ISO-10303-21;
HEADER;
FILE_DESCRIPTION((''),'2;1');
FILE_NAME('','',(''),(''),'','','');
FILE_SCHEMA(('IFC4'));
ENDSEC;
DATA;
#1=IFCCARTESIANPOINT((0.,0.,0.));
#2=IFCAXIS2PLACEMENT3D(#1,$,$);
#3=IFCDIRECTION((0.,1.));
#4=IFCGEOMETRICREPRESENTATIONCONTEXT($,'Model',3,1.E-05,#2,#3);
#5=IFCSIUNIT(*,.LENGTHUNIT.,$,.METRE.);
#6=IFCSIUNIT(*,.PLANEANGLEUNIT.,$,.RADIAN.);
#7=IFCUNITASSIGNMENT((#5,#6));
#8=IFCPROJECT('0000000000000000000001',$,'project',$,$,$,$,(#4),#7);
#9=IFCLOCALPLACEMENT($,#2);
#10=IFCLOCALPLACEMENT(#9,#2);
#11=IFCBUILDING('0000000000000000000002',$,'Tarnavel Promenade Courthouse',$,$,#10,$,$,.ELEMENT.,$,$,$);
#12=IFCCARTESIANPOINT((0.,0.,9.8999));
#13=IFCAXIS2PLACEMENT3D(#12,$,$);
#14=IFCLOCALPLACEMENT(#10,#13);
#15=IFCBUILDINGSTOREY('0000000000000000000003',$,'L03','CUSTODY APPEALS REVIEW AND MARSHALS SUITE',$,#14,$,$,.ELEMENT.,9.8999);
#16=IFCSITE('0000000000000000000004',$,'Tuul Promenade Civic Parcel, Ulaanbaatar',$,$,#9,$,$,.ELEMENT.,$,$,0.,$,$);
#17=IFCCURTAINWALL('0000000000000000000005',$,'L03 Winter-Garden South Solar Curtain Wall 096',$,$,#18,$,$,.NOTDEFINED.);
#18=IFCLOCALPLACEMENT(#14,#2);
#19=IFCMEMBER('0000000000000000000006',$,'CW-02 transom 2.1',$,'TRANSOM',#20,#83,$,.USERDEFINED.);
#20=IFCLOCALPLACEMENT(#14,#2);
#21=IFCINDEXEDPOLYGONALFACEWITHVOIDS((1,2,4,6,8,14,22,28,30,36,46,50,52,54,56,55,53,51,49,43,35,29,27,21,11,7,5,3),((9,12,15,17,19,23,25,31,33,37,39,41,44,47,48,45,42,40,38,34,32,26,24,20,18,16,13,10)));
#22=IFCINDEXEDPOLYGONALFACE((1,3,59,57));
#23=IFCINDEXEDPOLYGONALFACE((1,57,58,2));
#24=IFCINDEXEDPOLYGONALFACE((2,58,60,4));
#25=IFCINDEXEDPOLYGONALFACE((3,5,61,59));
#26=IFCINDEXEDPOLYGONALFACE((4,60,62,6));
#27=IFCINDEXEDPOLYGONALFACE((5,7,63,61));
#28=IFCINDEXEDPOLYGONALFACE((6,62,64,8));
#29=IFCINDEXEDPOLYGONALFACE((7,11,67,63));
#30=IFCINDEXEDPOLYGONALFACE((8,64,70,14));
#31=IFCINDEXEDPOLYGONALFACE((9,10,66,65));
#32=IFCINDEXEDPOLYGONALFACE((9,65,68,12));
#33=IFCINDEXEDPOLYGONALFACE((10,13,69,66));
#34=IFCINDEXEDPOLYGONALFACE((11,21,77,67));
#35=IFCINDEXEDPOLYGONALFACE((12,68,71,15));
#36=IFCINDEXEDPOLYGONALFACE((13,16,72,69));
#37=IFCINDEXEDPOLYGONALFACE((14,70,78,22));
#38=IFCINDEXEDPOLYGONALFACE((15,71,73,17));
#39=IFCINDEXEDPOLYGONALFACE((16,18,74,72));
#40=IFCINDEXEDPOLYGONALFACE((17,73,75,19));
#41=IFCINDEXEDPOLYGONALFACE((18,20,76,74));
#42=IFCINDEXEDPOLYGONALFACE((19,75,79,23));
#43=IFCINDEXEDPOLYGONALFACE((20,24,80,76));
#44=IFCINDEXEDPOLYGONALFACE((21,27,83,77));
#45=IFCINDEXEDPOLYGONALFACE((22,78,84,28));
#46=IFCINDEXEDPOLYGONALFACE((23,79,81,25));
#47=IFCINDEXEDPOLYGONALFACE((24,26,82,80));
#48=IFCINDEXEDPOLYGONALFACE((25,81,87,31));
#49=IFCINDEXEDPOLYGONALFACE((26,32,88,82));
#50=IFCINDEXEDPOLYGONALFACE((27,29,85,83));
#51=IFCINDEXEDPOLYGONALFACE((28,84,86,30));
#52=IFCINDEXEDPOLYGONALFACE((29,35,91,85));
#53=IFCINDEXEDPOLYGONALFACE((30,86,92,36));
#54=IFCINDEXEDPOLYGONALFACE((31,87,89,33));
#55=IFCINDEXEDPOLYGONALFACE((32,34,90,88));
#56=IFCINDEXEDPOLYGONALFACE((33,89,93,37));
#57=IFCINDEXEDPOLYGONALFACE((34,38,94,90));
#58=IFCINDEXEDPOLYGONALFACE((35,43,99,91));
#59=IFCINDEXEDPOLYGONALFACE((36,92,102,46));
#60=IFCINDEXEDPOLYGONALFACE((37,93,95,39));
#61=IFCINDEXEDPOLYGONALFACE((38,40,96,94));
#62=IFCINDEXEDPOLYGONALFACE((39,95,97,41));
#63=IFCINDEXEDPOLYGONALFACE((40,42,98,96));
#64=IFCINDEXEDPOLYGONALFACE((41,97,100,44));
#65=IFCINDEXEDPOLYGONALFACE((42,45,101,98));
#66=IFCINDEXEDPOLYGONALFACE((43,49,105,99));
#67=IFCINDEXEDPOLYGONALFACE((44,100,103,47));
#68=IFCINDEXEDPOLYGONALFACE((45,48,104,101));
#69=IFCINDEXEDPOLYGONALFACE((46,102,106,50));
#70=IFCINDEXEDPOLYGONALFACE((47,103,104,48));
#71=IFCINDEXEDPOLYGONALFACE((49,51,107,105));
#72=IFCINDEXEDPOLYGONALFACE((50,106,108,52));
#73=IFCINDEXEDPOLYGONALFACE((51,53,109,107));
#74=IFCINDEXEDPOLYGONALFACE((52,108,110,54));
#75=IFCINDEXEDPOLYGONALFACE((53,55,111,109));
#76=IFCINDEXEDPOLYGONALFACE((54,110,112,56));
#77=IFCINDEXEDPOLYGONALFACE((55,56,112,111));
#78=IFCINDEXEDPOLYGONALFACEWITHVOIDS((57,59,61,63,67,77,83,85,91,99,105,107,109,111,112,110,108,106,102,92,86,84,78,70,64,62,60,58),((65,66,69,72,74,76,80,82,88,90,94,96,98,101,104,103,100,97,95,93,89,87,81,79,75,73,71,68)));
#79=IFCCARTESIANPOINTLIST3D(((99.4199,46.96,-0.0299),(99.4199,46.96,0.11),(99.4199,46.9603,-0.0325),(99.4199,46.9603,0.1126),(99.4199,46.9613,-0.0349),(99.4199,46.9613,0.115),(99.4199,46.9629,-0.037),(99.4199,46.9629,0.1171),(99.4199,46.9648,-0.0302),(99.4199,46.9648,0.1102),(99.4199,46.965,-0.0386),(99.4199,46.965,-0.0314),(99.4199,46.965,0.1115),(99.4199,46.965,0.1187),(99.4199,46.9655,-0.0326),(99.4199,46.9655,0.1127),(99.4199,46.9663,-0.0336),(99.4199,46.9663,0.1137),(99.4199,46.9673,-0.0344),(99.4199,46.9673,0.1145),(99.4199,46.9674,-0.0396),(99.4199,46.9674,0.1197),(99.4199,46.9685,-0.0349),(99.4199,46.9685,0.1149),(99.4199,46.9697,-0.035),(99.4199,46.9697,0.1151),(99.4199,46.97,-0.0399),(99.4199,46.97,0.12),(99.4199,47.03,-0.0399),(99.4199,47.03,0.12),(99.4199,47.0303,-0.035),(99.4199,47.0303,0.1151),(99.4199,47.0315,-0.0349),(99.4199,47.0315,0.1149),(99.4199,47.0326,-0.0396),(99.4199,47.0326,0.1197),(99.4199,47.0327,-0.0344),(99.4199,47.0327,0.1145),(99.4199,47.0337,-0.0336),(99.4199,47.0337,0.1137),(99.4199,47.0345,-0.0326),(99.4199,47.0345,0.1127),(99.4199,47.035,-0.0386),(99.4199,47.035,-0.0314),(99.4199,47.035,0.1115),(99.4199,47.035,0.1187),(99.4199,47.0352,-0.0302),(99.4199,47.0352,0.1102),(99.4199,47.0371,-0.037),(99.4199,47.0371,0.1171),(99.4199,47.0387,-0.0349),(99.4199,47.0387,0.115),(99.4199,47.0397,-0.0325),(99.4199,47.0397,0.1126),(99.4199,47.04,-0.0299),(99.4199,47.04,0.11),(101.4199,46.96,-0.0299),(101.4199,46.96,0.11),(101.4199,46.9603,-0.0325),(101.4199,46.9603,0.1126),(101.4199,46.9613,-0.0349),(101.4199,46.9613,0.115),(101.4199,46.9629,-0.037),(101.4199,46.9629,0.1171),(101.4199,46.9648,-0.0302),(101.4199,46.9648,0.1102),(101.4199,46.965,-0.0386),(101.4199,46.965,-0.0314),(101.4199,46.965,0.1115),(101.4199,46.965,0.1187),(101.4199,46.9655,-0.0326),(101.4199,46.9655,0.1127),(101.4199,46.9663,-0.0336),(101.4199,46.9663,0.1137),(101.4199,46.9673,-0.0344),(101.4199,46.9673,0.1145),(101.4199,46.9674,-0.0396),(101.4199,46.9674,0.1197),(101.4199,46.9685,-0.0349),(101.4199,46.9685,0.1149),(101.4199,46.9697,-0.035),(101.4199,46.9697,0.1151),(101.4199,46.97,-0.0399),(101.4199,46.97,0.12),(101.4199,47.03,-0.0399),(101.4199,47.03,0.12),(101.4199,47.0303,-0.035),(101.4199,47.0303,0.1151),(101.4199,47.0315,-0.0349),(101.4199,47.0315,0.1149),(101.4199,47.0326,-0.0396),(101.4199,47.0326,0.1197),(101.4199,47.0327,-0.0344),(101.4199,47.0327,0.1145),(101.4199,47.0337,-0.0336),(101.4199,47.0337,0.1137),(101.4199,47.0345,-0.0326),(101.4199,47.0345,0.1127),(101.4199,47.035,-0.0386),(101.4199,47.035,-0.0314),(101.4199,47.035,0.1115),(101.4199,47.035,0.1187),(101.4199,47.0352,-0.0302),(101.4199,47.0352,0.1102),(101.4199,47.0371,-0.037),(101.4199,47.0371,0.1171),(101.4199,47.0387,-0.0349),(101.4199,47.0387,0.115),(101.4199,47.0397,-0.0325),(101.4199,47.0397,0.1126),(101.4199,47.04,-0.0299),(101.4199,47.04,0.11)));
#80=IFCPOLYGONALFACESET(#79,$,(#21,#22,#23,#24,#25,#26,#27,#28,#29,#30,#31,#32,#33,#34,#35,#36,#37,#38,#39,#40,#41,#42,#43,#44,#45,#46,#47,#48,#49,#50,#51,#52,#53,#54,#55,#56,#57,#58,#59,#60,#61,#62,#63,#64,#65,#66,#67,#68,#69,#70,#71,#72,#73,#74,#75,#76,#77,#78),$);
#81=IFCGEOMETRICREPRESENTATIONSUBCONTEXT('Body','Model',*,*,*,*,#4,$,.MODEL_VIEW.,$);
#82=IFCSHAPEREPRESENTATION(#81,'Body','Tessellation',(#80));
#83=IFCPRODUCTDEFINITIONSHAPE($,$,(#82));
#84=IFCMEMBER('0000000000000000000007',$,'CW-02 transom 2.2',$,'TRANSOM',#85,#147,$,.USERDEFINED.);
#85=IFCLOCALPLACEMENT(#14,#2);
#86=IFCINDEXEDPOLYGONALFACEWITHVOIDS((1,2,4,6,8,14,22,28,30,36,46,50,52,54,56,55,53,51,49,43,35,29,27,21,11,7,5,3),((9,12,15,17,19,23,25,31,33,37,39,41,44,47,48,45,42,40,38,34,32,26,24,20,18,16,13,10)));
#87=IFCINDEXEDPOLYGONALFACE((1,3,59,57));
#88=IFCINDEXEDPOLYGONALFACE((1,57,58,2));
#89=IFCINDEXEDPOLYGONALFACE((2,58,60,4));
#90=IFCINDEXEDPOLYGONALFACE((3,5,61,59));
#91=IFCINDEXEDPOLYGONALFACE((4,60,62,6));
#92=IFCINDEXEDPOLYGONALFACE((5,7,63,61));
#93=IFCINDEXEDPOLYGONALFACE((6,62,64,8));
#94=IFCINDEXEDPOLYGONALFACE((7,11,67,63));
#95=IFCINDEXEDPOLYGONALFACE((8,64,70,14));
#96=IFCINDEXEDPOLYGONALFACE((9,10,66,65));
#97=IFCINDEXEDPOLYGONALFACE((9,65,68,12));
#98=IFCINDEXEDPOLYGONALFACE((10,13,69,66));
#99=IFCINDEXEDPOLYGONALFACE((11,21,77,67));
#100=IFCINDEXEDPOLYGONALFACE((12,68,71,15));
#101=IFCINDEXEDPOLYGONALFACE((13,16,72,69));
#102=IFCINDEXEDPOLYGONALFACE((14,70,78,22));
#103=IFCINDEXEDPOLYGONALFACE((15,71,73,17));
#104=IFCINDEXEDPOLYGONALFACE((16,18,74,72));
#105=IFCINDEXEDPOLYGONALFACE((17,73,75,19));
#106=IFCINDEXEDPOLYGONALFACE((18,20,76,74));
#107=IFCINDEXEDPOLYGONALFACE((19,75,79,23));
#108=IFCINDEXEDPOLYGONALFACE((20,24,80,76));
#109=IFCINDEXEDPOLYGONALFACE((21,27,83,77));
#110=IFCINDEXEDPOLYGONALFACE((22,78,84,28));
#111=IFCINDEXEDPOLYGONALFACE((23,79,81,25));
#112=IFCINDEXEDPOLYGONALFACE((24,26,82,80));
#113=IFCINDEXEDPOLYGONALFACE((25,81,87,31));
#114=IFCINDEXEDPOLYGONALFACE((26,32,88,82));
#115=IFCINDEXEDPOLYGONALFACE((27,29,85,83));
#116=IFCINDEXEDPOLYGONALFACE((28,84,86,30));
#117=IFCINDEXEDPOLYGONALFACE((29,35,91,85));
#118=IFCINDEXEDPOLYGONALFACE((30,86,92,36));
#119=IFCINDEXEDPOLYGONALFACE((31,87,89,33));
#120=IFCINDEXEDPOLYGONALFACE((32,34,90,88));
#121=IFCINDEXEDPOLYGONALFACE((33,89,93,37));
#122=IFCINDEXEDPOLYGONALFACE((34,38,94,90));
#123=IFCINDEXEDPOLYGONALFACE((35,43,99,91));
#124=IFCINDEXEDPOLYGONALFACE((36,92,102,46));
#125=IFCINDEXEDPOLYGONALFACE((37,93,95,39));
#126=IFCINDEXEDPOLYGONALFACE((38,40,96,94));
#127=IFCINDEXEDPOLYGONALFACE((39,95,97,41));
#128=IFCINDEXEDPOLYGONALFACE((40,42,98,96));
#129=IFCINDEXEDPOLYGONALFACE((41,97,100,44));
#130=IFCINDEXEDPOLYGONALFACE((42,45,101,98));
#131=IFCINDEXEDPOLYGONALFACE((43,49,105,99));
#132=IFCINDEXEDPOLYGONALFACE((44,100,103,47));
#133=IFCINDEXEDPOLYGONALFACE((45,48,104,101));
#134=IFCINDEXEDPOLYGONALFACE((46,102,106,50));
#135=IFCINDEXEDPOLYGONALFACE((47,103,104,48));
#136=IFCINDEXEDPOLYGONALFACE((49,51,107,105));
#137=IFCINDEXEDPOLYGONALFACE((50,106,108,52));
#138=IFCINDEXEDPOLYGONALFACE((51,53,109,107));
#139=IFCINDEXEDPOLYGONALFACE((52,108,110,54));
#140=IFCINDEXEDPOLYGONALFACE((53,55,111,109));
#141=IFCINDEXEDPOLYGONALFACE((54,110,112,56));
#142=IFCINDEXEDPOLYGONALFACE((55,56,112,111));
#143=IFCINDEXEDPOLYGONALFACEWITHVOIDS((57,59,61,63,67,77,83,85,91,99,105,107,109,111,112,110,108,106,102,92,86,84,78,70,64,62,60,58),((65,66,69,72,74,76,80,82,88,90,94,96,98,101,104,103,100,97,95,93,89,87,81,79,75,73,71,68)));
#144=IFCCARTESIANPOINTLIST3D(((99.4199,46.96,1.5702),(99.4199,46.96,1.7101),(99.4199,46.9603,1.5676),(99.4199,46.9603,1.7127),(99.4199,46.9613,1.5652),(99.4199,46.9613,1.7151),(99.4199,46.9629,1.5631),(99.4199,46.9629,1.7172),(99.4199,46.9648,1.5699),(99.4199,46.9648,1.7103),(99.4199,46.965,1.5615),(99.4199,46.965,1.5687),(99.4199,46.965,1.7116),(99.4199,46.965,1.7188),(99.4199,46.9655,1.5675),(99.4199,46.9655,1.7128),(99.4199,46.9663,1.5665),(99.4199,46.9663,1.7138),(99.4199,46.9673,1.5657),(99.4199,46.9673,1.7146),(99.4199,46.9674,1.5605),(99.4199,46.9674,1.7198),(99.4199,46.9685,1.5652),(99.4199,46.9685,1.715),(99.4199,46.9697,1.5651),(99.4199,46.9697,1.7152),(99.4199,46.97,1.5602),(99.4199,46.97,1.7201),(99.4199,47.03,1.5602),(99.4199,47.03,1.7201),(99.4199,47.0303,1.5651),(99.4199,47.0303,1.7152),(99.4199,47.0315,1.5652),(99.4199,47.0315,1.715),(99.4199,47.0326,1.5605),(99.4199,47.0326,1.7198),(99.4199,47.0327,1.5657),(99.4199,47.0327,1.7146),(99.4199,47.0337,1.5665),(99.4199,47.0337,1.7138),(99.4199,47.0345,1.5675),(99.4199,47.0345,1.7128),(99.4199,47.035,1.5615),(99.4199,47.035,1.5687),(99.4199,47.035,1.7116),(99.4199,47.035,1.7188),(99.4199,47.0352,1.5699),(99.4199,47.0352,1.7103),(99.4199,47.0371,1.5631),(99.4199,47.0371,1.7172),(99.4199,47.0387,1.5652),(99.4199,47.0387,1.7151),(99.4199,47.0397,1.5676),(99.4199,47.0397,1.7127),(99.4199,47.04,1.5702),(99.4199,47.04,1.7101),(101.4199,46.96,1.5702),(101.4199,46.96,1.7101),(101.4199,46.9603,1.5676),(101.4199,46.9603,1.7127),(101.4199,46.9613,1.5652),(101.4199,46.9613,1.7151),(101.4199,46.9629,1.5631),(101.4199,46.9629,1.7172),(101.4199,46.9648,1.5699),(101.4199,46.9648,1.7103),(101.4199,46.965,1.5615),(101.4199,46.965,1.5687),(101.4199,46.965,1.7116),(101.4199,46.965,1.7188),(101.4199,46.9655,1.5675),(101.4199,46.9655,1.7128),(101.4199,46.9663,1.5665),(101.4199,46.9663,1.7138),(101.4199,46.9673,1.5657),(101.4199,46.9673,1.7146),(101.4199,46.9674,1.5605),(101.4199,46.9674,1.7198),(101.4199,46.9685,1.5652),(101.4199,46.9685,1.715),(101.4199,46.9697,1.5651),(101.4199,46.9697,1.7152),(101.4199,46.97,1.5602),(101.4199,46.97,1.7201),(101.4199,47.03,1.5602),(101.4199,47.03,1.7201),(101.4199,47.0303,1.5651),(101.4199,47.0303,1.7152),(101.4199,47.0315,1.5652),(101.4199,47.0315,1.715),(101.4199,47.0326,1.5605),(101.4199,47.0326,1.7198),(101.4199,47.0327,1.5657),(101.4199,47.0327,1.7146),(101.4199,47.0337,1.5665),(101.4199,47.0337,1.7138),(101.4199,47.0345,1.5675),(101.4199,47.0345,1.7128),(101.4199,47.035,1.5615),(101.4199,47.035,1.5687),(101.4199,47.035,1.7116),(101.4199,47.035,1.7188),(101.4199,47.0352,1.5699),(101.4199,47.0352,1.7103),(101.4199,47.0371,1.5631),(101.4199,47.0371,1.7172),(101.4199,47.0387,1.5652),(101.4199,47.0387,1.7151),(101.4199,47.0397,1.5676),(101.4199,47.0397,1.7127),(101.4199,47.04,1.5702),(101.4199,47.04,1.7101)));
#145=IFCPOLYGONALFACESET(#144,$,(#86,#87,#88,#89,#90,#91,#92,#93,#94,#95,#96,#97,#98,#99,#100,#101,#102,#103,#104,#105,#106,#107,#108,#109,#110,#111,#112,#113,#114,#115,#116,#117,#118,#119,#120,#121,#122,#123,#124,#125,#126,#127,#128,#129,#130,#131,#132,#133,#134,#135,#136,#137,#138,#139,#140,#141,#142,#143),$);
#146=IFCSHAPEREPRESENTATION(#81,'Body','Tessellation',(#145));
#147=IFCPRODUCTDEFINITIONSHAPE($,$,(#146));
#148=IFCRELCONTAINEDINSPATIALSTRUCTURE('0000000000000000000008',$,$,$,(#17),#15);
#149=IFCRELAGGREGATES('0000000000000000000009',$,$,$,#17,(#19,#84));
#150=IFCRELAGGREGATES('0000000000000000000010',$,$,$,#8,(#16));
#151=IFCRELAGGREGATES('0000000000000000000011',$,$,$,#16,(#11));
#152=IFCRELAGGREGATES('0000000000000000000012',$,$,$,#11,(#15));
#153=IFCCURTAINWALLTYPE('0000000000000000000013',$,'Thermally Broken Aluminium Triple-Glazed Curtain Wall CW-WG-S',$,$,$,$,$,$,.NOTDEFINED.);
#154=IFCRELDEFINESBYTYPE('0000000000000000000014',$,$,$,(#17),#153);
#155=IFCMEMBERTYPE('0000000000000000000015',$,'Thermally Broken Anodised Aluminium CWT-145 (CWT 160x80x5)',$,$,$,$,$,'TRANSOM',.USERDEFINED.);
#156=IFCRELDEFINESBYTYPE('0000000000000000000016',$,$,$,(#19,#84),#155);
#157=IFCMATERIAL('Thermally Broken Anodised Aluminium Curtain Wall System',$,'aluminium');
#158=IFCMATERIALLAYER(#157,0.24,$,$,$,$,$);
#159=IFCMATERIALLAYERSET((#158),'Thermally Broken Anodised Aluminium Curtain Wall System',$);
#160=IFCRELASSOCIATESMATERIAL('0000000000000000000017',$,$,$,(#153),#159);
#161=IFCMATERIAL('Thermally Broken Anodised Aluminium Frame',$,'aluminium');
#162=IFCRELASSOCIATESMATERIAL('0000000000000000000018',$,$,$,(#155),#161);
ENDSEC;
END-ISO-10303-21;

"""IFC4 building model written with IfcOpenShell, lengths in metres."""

from ifc_helpers import new_model, si_unit, direction, frame, origin, origin_2d, place, context, subcontext, project, spatial, hollow_rectangle, extrude, material, layer, layer_set, material_profile, profile_set, type_object, element, aggregate, save


model = new_model("IFC4")

# Units and contexts
model_context = context("Model", 3, precision=1e-05, world=origin(), true_north=direction((0.0, 1.0)))
body_context = subcontext(model_context, "Body", "Model", "MODEL_VIEW")
ifc_project = project(units=[si_unit("LENGTHUNIT", "METRE"), si_unit("PLANEANGLEUNIT", "RADIAN")], contexts=[model_context])

# Site, building, storey
site_placement = place(None, origin())
site = spatial("IfcSite", under=ifc_project, at=site_placement, Name="Tuul Promenade Civic Parcel, Ulaanbaatar", CompositionType="ELEMENT", RefElevation=0.0)
building_placement = place(site_placement, origin())
building = spatial("IfcBuilding", under=site, at=building_placement, Name="Tarnavel Promenade Courthouse", CompositionType="ELEMENT")
storey_placement = place(building_placement, frame((0.0, 0.0, 9.8999)))
storey = spatial("IfcBuildingStorey", under=building, at=storey_placement, Name="L03", Description="CUSTODY APPEALS REVIEW AND MARSHALS SUITE", CompositionType="ELEMENT", Elevation=9.8999)

# Curtain wall
ifc_material_1 = material(Name="Thermally Broken Anodised Aluminium Curtain Wall System", Category="aluminium")
ifc_layer_1 = layer(ifc_material_1, 0.24)
ifc_layer_set_1 = layer_set([ifc_layer_1], Name="Thermally Broken Anodised Aluminium Curtain Wall System")
curtain_wall_type = type_object("IfcCurtainWallType", Name="Thermally Broken Aluminium Triple-Glazed Curtain Wall CW-WG-S", PredefinedType="NOTDEFINED", material=ifc_layer_set_1)
curtain_wall_1_placement = place(storey_placement, origin())
curtain_wall_1 = element("IfcCurtainWall", 1, at=curtain_wall_1_placement, inside=storey, type_object=curtain_wall_type, Name="L03 Winter-Garden South Solar Curtain Wall 096", PredefinedType="NOTDEFINED")
ifc_material_2 = material(Name="Thermally Broken Anodised Aluminium Frame", Category="aluminium")

# Members
ifc_material_profile_1 = material_profile(ifc_material_2, hollow_rectangle(XDim=0.0801, YDim=0.1599, WallThickness=0.0049, InnerFilletRadius=0.0049, OuterFilletRadius=0.01, at=origin_2d()), Name="CWT 160x80x5")
ifc_profile_set_1 = profile_set([ifc_material_profile_1], Name="Thermally Broken Anodised Aluminium Frame")
member_type_1 = type_object("IfcMemberType", Name="Thermally Broken Anodised Aluminium CWT-145 (CWT 160x80x5)", ElementType="TRANSOM", PredefinedType="USERDEFINED", material=ifc_profile_set_1)
member_1_placement = place(storey_placement, frame((99.4199, 47.0, 0.04), z_axis=(1.0, 0.0, 0.0), x_axis=(0.0, 1.0, 0.0)))
member_1 = element("IfcMember", 2, at=member_1_placement, type_object=member_type_1, Name="CW-02 transom 2.1", ObjectType="TRANSOM", PredefinedType="USERDEFINED", context=body_context, shape_type="SweptSolid", body=[
    extrude(hollow_rectangle(XDim=0.0801, YDim=0.1599, WallThickness=0.0049, InnerFilletRadius=0.0049, OuterFilletRadius=0.01, at=origin_2d()), origin(), (0.0, 0.0, 1.0), 2.0),
])
member_2_placement = place(storey_placement, frame((99.4199, 47.0, 1.6401), z_axis=(1.0, 0.0, 0.0), x_axis=(0.0, 1.0, 0.0)))
member_2 = element("IfcMember", 3, at=member_2_placement, type_object=member_type_1, Name="CW-02 transom 2.2", ObjectType="TRANSOM", PredefinedType="USERDEFINED", context=body_context, shape_type="SweptSolid", body=[
    extrude(hollow_rectangle(XDim=0.0801, YDim=0.1599, WallThickness=0.0049, InnerFilletRadius=0.0049, OuterFilletRadius=0.01, at=origin_2d()), origin(), (0.0, 0.0, 1.0), 2.0),
])

aggregate(curtain_wall_1, [member_1, member_2])

save(model, "model.ifc")
